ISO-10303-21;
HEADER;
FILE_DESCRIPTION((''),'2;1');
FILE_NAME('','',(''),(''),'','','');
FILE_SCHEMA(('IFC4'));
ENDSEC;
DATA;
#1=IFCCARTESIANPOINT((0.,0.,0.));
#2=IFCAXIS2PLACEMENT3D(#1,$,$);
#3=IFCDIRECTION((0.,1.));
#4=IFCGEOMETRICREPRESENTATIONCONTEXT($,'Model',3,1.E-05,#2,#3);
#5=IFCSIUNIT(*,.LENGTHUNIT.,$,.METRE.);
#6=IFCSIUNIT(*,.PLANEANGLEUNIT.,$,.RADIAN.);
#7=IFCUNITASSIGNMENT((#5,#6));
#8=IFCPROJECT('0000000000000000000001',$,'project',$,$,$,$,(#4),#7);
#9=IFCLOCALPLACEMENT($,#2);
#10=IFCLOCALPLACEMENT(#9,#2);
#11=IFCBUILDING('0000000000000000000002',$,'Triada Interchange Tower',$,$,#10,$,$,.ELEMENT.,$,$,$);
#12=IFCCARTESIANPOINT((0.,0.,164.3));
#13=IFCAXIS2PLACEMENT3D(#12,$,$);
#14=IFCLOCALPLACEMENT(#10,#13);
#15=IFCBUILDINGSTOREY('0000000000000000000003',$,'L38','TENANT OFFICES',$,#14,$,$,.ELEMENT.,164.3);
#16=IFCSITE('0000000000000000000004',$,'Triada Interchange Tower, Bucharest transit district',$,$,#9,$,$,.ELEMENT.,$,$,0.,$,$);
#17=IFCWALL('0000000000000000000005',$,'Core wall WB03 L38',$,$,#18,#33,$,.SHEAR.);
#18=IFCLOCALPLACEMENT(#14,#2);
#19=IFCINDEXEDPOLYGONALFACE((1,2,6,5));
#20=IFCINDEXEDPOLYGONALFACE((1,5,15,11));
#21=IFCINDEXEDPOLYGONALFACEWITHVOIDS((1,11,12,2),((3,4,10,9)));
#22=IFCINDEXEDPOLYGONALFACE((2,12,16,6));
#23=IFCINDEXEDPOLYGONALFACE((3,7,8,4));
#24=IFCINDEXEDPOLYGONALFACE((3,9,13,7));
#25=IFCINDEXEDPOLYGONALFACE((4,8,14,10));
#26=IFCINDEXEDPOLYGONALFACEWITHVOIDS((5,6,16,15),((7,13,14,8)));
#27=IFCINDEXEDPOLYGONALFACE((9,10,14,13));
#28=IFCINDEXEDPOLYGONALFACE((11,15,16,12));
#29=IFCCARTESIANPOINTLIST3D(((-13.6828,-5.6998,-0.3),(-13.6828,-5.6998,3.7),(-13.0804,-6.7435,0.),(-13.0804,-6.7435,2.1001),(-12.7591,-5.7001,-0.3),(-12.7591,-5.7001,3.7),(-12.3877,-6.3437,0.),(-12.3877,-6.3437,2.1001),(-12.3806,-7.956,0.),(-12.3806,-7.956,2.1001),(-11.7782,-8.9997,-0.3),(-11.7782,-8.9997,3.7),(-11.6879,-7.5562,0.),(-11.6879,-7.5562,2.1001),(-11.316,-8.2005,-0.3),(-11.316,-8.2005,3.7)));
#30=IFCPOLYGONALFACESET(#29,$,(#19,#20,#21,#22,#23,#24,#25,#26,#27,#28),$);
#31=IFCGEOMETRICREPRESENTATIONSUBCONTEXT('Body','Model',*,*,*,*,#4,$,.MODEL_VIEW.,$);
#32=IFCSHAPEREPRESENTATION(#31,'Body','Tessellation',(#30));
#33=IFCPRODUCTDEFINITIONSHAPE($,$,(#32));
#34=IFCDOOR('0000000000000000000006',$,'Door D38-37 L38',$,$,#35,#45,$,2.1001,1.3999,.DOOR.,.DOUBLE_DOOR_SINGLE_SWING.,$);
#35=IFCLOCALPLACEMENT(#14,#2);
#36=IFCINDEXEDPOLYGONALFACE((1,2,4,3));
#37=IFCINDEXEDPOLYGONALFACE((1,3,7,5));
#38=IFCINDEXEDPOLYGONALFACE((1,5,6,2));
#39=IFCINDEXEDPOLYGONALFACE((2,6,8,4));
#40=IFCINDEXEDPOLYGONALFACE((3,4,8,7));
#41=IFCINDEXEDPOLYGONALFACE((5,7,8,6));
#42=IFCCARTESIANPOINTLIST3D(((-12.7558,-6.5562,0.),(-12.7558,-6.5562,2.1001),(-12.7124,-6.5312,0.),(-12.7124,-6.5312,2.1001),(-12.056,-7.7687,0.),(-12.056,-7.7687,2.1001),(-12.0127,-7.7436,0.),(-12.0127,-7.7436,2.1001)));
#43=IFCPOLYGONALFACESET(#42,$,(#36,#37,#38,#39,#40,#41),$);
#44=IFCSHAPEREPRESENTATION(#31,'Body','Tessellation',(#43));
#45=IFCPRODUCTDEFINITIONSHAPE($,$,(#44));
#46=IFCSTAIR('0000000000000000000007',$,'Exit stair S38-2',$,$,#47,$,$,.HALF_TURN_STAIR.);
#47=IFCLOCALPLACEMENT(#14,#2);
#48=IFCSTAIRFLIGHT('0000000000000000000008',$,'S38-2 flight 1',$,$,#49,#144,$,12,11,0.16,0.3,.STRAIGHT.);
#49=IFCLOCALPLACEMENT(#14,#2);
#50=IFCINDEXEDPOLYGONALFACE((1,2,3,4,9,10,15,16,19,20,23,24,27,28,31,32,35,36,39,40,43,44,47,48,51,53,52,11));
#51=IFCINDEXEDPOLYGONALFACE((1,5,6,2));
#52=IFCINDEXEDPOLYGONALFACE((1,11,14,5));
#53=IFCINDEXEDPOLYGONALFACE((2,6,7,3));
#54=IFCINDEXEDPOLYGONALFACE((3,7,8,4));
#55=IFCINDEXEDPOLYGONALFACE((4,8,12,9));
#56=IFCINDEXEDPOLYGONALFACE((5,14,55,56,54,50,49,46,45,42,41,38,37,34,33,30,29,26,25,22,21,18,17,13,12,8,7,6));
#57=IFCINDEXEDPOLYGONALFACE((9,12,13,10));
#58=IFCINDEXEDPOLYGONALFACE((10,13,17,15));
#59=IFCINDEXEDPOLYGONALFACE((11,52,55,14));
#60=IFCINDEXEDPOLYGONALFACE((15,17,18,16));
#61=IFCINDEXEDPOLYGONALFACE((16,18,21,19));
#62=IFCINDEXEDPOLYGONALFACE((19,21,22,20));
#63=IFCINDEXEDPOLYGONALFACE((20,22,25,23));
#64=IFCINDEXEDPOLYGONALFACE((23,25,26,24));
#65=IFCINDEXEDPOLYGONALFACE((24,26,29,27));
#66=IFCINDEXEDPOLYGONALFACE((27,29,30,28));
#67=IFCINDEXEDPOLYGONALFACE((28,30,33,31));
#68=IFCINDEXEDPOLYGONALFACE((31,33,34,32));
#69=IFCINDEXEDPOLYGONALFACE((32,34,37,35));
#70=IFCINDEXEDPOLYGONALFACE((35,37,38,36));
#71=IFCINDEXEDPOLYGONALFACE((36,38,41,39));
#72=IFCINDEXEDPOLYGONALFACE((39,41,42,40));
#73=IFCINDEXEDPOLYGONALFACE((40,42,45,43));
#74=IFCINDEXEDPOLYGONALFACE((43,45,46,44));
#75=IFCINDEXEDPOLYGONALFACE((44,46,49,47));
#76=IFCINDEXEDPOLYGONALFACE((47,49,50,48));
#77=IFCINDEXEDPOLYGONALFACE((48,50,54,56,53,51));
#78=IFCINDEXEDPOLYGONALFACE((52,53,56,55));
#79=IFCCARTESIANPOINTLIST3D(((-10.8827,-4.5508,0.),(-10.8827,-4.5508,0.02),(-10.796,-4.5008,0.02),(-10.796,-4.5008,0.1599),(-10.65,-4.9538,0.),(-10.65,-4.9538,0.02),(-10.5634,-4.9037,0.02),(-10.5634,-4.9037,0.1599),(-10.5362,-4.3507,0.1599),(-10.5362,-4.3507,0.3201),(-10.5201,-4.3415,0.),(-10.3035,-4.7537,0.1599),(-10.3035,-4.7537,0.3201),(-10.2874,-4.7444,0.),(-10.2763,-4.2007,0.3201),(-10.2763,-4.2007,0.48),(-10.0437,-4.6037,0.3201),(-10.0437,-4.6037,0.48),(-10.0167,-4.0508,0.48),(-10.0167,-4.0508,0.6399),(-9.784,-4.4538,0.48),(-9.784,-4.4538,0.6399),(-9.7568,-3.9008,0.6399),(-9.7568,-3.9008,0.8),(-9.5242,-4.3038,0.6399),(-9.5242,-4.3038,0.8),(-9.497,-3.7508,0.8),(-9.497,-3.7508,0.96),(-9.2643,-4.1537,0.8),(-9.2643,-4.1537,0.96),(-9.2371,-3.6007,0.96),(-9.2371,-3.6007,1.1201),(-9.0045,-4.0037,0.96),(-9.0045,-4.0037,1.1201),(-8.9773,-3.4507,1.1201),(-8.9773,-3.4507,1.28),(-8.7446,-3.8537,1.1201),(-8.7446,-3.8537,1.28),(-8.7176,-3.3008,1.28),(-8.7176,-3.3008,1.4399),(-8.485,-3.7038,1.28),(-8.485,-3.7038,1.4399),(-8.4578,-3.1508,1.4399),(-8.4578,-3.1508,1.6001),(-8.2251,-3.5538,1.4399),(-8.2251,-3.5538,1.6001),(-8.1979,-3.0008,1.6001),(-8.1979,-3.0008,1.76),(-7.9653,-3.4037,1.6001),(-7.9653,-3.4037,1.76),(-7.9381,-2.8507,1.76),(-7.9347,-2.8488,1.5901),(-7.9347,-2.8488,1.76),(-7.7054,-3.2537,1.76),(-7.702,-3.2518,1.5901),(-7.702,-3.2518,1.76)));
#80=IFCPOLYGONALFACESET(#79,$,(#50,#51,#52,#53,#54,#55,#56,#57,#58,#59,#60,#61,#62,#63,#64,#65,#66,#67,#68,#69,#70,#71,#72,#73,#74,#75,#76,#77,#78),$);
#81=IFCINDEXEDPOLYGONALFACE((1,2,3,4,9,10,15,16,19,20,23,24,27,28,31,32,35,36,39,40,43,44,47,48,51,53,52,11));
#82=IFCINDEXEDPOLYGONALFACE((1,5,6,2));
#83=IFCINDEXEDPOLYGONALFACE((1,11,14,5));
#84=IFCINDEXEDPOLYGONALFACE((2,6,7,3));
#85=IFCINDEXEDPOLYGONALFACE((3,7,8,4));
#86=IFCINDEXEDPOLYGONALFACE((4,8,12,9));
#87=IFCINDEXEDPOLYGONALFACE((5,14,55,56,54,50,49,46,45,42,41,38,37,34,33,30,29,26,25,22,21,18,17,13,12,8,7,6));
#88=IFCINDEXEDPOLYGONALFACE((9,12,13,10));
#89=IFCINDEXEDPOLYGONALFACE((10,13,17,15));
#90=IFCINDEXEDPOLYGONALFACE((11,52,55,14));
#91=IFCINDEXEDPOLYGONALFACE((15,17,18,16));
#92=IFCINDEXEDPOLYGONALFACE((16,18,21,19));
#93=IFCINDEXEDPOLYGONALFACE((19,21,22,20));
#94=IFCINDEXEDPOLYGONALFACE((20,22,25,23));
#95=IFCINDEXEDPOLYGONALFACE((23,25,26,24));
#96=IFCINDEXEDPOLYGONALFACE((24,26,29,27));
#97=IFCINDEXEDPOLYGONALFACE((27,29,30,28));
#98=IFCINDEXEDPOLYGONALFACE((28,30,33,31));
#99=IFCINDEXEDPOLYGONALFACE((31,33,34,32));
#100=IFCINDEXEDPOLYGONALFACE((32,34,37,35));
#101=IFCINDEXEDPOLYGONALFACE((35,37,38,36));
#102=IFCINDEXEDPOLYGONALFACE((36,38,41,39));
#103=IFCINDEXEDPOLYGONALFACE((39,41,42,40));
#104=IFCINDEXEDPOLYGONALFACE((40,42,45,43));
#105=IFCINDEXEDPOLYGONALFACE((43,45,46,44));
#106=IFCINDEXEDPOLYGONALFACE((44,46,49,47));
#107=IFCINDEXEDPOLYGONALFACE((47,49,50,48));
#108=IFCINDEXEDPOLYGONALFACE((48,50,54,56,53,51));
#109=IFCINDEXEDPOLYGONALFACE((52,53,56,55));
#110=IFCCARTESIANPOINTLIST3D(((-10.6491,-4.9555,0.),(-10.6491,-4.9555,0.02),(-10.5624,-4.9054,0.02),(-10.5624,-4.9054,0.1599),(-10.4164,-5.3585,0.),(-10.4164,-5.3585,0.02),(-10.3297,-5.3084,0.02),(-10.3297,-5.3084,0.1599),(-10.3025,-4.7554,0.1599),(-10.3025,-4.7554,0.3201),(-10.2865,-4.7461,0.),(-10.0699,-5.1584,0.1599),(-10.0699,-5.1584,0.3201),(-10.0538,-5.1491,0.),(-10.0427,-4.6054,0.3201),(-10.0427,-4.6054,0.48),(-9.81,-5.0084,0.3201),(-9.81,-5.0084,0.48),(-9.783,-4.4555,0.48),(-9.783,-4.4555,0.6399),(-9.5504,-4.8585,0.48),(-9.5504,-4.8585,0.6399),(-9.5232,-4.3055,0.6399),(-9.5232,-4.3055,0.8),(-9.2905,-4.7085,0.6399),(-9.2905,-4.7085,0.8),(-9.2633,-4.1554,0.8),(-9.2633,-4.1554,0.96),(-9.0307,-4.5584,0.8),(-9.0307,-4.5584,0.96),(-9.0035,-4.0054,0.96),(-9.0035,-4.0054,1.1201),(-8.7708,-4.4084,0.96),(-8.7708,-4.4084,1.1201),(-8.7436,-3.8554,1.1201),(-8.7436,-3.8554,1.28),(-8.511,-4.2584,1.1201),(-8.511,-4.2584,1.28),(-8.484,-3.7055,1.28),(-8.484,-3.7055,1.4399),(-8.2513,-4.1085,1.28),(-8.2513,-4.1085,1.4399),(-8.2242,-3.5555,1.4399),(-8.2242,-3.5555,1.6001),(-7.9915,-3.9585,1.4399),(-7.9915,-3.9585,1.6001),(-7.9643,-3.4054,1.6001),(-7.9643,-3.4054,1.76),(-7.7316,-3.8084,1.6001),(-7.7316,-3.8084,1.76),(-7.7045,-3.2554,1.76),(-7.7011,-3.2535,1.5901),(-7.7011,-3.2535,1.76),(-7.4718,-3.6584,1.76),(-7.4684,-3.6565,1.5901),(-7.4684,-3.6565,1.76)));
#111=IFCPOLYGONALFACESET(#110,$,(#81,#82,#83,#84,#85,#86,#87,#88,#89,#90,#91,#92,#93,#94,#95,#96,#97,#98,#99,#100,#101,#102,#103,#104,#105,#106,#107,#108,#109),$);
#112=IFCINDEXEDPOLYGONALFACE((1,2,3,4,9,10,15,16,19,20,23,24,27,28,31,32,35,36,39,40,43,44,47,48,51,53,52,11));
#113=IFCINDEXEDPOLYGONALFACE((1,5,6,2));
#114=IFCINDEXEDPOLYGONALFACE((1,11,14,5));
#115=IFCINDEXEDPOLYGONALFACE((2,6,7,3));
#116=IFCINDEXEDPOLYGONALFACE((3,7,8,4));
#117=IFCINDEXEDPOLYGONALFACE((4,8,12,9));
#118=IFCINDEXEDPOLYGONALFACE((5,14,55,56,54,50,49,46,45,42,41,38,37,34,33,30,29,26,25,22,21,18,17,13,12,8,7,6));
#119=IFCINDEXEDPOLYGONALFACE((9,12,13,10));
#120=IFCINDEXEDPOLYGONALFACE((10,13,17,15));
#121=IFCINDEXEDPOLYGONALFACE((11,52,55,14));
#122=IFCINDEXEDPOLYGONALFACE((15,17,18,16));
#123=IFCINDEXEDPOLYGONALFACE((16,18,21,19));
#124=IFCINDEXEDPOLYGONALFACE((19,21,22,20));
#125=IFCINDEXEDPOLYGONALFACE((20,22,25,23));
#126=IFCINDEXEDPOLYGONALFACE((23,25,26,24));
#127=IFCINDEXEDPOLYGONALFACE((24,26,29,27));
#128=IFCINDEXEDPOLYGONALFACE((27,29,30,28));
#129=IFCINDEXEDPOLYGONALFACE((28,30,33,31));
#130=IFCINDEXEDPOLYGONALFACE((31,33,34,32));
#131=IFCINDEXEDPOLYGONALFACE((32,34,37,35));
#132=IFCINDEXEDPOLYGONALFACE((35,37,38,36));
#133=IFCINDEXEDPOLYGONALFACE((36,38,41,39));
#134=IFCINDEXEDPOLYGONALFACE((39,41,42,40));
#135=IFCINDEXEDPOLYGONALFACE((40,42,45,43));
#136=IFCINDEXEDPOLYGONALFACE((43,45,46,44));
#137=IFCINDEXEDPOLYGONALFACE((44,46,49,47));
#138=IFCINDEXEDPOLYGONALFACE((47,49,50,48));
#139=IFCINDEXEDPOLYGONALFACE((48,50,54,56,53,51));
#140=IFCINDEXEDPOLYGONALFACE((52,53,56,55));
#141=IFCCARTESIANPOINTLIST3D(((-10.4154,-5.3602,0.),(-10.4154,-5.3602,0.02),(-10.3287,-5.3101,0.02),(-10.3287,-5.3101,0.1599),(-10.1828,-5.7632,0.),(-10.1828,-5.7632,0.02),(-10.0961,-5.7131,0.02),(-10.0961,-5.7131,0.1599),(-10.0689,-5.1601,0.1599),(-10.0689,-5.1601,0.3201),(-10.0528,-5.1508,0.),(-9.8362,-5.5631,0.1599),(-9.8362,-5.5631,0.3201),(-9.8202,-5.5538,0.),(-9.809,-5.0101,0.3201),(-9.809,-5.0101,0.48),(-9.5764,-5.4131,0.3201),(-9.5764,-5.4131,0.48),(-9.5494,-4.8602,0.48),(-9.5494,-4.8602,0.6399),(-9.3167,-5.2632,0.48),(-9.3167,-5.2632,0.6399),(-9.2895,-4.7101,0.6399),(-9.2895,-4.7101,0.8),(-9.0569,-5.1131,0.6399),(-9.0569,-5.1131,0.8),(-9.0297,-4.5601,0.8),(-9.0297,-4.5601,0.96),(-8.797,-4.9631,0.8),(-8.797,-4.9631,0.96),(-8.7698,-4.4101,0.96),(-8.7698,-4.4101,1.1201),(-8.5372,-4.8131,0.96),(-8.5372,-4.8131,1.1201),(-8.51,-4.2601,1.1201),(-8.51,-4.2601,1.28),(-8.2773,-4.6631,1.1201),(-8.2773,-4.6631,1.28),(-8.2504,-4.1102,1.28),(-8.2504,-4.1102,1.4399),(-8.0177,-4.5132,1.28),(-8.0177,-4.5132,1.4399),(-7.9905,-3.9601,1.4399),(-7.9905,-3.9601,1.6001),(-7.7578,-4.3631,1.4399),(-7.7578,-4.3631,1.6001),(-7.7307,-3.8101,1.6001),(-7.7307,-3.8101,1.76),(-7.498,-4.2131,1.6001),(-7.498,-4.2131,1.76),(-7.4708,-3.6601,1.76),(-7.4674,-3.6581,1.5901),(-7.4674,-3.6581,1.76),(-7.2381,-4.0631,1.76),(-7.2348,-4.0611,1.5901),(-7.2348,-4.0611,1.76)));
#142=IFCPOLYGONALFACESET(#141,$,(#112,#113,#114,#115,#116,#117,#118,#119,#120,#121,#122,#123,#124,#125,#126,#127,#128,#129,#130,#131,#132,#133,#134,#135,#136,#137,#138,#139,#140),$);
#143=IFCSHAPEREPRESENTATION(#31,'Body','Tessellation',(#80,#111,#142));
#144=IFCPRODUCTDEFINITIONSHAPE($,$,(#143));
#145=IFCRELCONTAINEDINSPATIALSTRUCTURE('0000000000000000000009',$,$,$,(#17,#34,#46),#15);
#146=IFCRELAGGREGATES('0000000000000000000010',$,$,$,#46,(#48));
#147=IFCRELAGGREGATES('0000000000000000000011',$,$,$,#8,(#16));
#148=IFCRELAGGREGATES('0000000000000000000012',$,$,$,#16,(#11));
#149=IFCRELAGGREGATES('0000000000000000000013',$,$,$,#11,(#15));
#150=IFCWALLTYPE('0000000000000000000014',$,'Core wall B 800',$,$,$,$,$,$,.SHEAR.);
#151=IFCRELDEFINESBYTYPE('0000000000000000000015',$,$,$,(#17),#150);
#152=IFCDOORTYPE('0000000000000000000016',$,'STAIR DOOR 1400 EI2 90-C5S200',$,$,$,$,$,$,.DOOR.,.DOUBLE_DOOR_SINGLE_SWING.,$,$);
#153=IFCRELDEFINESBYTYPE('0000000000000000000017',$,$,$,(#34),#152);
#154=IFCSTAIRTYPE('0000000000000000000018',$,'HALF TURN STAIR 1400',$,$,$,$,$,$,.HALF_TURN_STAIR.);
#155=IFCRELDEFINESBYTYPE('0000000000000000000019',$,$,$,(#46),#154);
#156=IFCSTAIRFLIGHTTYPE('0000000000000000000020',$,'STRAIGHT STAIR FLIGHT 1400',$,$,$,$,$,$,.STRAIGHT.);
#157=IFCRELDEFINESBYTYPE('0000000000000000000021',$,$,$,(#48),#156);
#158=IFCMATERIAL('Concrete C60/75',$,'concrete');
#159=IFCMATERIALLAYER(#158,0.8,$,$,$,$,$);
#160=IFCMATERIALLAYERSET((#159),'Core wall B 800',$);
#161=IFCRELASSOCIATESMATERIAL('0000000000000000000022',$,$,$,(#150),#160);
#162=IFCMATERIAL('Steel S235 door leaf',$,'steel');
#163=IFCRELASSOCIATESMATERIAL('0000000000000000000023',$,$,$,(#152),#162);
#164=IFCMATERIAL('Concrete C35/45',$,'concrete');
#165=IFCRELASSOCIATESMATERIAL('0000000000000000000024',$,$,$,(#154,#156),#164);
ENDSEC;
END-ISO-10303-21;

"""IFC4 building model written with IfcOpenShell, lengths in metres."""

from ifc_helpers import new_model, si_unit, direction, frame, frame_2d, origin, place, context, subcontext, project, spatial, polyline, rectangle, outline, extrude, material, layer, layer_set, type_object, element, fill, aggregate, save


model = new_model("IFC4")

# Units and contexts
model_context = context("Model", 3, precision=1e-05, world=origin(), true_north=direction((0.0, 1.0)))
body_context = subcontext(model_context, "Body", "Model", "MODEL_VIEW")
ifc_project = project(units=[si_unit("LENGTHUNIT", "METRE"), si_unit("PLANEANGLEUNIT", "RADIAN")], contexts=[model_context])

# Site, building, storey
site_placement = place(None, origin())
site = spatial("IfcSite", under=ifc_project, at=site_placement, Name="Triada Interchange Tower, Bucharest transit district", CompositionType="ELEMENT", RefElevation=0.0)
building_placement = place(site_placement, origin())
building = spatial("IfcBuilding", under=site, at=building_placement, Name="Triada Interchange Tower", CompositionType="ELEMENT")
storey_placement = place(building_placement, frame((0.0, 0.0, 164.3)))
storey = spatial("IfcBuildingStorey", under=building, at=storey_placement, Name="L38", Description="TENANT OFFICES", CompositionType="ELEMENT", Elevation=164.3)

# Shared definitions
ifc_material_1 = material(Name="Steel S235 door leaf", Category="steel")

# Wall, opening, door
ifc_material_2 = material(Name="Concrete C60/75", Category="concrete")
ifc_layer_1 = layer(ifc_material_2, 0.8)
ifc_layer_set_1 = layer_set([ifc_layer_1], Name="Core wall B 800")
wall_type_1 = type_object("IfcWallType", Name="Core wall B 800", PredefinedType="SHEAR", material=ifc_layer_set_1)
wall_1_placement = place(storey_placement, frame((-13.2209, -5.7, -0.3), z_axis=(0.0, 0.0, 1.0), x_axis=(0.499872, -0.866099, 0.0)))
wall_1 = element("IfcWall", 1, at=wall_1_placement, inside=storey, type_object=wall_type_1, Name="Core wall WB03 L38", PredefinedType="SHEAR", context=body_context, shape_type="SweptSolid", body=[
    extrude(outline(polyline([(-0.231, -0.3999), (1.6741, -0.3999), (3.5791, -0.3999), (3.1179, 0.3999), (1.6743, 0.3999), (0.231, 0.3999), (-0.231, -0.3999)])), origin(), (0.0, 0.0, 1.0), 4.0),
])
opening_1_placement = place(wall_1_placement, frame((0.9741, 0.0, 0.3)))
opening_1 = element("IfcOpeningElement", 2, at=opening_1_placement, cuts=wall_1, PredefinedType="OPENING", context=body_context, shape_type="SweptSolid", body=[
    extrude(rectangle(XDim=1.3999, YDim=2.1001, at=frame_2d((0.7, 1.05))), frame((0.0, 0.4099, 0.0), z_axis=(0.0, -1.0, 0.0), x_axis=(1.0, 0.0, 0.0)), (0.0, 0.0, 1.0), 0.8201),
])
door_type_1 = type_object("IfcDoorType", Name="STAIR DOOR 1400 EI2 90-C5S200", OperationType="DOUBLE_DOOR_SINGLE_SWING", PredefinedType="DOOR", material=ifc_material_1)
door_1_placement = place(opening_1_placement, origin())
door_1 = element("IfcDoor", 3, at=door_1_placement, inside=storey, type_object=door_type_1, Name="Door D38-37 L38", OperationType="DOUBLE_DOOR_SINGLE_SWING", OverallHeight=2.1001, OverallWidth=1.3999, PredefinedType="DOOR", context=body_context, shape_type="SweptSolid", body=[
    extrude(rectangle(XDim=1.3999, YDim=2.1001, at=frame_2d((0.7, 1.05))), frame((0.0, 0.0249, 0.0), z_axis=(0.0, -1.0, 0.0), x_axis=(1.0, 0.0, 0.0)), (0.0, 0.0, 1.0), 0.05),
])
fill(opening_1, door_1)

# Stair, stair flight
ifc_material_3 = material(Name="Concrete C35/45", Category="concrete")
stair_type = type_object("IfcStairType", Name="HALF TURN STAIR 1400", PredefinedType="HALF_TURN_STAIR", material=ifc_material_3)
stair_placement = place(storey_placement, origin())
stair = element("IfcStair", 4, at=stair_placement, inside=storey, type_object=stair_type, Name="Exit stair S38-2", PredefinedType="HALF_TURN_STAIR")
stair_flight_type = type_object("IfcStairFlightType", Name="STRAIGHT STAIR FLIGHT 1400", PredefinedType="STRAIGHT", material=ifc_material_3)
stair_flight_1_placement = place(storey_placement, frame((-10.446, -5.1069, 0.0), z_axis=(0.0, 0.0, 1.0), x_axis=(0.866025, 0.5, 0.0)))
stair_flight_1 = element("IfcStairFlight", 5, at=stair_flight_1_placement, type_object=stair_flight_type, Name="S38-2 flight 1", NumberOfRisers=12, NumberOfTreads=11, PredefinedType="STRAIGHT", RiserHeight=0.16, TreadLength=0.3, context=body_context, shape_type="SweptSolid", body=[
    extrude(outline(polyline([(-0.1001, 0.0), (-0.1001, 0.02), (0.0, 0.02), (0.0, 0.1599), (0.3, 0.1599), (0.3, 0.3201), (0.6001, 0.3201), (0.6001, 0.48), (0.8999, 0.48), (0.8999, 0.6399), (1.2, 0.6399), (1.2, 0.8), (1.5, 0.8), (1.5, 0.96), (1.8, 0.96), (1.8, 1.1201), (2.1001, 1.1201), (2.1001, 1.28), (2.3999, 1.28), (2.3999, 1.4399), (2.7, 1.4399), (2.7, 1.6001), (3.0, 1.6001), (3.0, 1.76), (3.3, 1.76), (3.304, 1.76), (3.304, 1.9199), (3.304, 1.5901), (0.3186, 0.0), (-0.1001, 0.0)])), frame((0.0, 0.7, 0.0), z_axis=(0.0, -1.0, 0.0), x_axis=(1.0, 0.0, 0.0)), (0.0, 0.0, 1.0), 0.4653),
    extrude(outline(polyline([(-0.1001, 0.0), (-0.1001, 0.02), (0.0, 0.02), (0.0, 0.1599), (0.3, 0.1599), (0.3, 0.3201), (0.6001, 0.3201), (0.6001, 0.48), (0.8999, 0.48), (0.8999, 0.6399), (1.2, 0.6399), (1.2, 0.8), (1.5, 0.8), (1.5, 0.96), (1.8, 0.96), (1.8, 1.1201), (2.1001, 1.1201), (2.1001, 1.28), (2.3999, 1.28), (2.3999, 1.4399), (2.7, 1.4399), (2.7, 1.6001), (3.0, 1.6001), (3.0, 1.76), (3.3, 1.76), (3.304, 1.76), (3.304, 1.9199), (3.304, 1.5901), (0.3186, 0.0), (-0.1001, 0.0)])), frame((0.0, 0.2327, 0.0), z_axis=(0.0, -1.0, 0.0), x_axis=(1.0, 0.0, 0.0)), (0.0, 0.0, 1.0), 0.4653),
    extrude(outline(polyline([(-0.1001, 0.0), (-0.1001, 0.02), (0.0, 0.02), (0.0, 0.1599), (0.3, 0.1599), (0.3, 0.3201), (0.6001, 0.3201), (0.6001, 0.48), (0.8999, 0.48), (0.8999, 0.6399), (1.2, 0.6399), (1.2, 0.8), (1.5, 0.8), (1.5, 0.96), (1.8, 0.96), (1.8, 1.1201), (2.1001, 1.1201), (2.1001, 1.28), (2.3999, 1.28), (2.3999, 1.4399), (2.7, 1.4399), (2.7, 1.6001), (3.0, 1.6001), (3.0, 1.76), (3.3, 1.76), (3.304, 1.76), (3.304, 1.9199), (3.304, 1.5901), (0.3186, 0.0), (-0.1001, 0.0)])), frame((0.0, -0.2346, 0.0), z_axis=(0.0, -1.0, 0.0), x_axis=(1.0, 0.0, 0.0)), (0.0, 0.0, 1.0), 0.4653),
])
aggregate(stair, [stair_flight_1])

save(model, "model.ifc")
